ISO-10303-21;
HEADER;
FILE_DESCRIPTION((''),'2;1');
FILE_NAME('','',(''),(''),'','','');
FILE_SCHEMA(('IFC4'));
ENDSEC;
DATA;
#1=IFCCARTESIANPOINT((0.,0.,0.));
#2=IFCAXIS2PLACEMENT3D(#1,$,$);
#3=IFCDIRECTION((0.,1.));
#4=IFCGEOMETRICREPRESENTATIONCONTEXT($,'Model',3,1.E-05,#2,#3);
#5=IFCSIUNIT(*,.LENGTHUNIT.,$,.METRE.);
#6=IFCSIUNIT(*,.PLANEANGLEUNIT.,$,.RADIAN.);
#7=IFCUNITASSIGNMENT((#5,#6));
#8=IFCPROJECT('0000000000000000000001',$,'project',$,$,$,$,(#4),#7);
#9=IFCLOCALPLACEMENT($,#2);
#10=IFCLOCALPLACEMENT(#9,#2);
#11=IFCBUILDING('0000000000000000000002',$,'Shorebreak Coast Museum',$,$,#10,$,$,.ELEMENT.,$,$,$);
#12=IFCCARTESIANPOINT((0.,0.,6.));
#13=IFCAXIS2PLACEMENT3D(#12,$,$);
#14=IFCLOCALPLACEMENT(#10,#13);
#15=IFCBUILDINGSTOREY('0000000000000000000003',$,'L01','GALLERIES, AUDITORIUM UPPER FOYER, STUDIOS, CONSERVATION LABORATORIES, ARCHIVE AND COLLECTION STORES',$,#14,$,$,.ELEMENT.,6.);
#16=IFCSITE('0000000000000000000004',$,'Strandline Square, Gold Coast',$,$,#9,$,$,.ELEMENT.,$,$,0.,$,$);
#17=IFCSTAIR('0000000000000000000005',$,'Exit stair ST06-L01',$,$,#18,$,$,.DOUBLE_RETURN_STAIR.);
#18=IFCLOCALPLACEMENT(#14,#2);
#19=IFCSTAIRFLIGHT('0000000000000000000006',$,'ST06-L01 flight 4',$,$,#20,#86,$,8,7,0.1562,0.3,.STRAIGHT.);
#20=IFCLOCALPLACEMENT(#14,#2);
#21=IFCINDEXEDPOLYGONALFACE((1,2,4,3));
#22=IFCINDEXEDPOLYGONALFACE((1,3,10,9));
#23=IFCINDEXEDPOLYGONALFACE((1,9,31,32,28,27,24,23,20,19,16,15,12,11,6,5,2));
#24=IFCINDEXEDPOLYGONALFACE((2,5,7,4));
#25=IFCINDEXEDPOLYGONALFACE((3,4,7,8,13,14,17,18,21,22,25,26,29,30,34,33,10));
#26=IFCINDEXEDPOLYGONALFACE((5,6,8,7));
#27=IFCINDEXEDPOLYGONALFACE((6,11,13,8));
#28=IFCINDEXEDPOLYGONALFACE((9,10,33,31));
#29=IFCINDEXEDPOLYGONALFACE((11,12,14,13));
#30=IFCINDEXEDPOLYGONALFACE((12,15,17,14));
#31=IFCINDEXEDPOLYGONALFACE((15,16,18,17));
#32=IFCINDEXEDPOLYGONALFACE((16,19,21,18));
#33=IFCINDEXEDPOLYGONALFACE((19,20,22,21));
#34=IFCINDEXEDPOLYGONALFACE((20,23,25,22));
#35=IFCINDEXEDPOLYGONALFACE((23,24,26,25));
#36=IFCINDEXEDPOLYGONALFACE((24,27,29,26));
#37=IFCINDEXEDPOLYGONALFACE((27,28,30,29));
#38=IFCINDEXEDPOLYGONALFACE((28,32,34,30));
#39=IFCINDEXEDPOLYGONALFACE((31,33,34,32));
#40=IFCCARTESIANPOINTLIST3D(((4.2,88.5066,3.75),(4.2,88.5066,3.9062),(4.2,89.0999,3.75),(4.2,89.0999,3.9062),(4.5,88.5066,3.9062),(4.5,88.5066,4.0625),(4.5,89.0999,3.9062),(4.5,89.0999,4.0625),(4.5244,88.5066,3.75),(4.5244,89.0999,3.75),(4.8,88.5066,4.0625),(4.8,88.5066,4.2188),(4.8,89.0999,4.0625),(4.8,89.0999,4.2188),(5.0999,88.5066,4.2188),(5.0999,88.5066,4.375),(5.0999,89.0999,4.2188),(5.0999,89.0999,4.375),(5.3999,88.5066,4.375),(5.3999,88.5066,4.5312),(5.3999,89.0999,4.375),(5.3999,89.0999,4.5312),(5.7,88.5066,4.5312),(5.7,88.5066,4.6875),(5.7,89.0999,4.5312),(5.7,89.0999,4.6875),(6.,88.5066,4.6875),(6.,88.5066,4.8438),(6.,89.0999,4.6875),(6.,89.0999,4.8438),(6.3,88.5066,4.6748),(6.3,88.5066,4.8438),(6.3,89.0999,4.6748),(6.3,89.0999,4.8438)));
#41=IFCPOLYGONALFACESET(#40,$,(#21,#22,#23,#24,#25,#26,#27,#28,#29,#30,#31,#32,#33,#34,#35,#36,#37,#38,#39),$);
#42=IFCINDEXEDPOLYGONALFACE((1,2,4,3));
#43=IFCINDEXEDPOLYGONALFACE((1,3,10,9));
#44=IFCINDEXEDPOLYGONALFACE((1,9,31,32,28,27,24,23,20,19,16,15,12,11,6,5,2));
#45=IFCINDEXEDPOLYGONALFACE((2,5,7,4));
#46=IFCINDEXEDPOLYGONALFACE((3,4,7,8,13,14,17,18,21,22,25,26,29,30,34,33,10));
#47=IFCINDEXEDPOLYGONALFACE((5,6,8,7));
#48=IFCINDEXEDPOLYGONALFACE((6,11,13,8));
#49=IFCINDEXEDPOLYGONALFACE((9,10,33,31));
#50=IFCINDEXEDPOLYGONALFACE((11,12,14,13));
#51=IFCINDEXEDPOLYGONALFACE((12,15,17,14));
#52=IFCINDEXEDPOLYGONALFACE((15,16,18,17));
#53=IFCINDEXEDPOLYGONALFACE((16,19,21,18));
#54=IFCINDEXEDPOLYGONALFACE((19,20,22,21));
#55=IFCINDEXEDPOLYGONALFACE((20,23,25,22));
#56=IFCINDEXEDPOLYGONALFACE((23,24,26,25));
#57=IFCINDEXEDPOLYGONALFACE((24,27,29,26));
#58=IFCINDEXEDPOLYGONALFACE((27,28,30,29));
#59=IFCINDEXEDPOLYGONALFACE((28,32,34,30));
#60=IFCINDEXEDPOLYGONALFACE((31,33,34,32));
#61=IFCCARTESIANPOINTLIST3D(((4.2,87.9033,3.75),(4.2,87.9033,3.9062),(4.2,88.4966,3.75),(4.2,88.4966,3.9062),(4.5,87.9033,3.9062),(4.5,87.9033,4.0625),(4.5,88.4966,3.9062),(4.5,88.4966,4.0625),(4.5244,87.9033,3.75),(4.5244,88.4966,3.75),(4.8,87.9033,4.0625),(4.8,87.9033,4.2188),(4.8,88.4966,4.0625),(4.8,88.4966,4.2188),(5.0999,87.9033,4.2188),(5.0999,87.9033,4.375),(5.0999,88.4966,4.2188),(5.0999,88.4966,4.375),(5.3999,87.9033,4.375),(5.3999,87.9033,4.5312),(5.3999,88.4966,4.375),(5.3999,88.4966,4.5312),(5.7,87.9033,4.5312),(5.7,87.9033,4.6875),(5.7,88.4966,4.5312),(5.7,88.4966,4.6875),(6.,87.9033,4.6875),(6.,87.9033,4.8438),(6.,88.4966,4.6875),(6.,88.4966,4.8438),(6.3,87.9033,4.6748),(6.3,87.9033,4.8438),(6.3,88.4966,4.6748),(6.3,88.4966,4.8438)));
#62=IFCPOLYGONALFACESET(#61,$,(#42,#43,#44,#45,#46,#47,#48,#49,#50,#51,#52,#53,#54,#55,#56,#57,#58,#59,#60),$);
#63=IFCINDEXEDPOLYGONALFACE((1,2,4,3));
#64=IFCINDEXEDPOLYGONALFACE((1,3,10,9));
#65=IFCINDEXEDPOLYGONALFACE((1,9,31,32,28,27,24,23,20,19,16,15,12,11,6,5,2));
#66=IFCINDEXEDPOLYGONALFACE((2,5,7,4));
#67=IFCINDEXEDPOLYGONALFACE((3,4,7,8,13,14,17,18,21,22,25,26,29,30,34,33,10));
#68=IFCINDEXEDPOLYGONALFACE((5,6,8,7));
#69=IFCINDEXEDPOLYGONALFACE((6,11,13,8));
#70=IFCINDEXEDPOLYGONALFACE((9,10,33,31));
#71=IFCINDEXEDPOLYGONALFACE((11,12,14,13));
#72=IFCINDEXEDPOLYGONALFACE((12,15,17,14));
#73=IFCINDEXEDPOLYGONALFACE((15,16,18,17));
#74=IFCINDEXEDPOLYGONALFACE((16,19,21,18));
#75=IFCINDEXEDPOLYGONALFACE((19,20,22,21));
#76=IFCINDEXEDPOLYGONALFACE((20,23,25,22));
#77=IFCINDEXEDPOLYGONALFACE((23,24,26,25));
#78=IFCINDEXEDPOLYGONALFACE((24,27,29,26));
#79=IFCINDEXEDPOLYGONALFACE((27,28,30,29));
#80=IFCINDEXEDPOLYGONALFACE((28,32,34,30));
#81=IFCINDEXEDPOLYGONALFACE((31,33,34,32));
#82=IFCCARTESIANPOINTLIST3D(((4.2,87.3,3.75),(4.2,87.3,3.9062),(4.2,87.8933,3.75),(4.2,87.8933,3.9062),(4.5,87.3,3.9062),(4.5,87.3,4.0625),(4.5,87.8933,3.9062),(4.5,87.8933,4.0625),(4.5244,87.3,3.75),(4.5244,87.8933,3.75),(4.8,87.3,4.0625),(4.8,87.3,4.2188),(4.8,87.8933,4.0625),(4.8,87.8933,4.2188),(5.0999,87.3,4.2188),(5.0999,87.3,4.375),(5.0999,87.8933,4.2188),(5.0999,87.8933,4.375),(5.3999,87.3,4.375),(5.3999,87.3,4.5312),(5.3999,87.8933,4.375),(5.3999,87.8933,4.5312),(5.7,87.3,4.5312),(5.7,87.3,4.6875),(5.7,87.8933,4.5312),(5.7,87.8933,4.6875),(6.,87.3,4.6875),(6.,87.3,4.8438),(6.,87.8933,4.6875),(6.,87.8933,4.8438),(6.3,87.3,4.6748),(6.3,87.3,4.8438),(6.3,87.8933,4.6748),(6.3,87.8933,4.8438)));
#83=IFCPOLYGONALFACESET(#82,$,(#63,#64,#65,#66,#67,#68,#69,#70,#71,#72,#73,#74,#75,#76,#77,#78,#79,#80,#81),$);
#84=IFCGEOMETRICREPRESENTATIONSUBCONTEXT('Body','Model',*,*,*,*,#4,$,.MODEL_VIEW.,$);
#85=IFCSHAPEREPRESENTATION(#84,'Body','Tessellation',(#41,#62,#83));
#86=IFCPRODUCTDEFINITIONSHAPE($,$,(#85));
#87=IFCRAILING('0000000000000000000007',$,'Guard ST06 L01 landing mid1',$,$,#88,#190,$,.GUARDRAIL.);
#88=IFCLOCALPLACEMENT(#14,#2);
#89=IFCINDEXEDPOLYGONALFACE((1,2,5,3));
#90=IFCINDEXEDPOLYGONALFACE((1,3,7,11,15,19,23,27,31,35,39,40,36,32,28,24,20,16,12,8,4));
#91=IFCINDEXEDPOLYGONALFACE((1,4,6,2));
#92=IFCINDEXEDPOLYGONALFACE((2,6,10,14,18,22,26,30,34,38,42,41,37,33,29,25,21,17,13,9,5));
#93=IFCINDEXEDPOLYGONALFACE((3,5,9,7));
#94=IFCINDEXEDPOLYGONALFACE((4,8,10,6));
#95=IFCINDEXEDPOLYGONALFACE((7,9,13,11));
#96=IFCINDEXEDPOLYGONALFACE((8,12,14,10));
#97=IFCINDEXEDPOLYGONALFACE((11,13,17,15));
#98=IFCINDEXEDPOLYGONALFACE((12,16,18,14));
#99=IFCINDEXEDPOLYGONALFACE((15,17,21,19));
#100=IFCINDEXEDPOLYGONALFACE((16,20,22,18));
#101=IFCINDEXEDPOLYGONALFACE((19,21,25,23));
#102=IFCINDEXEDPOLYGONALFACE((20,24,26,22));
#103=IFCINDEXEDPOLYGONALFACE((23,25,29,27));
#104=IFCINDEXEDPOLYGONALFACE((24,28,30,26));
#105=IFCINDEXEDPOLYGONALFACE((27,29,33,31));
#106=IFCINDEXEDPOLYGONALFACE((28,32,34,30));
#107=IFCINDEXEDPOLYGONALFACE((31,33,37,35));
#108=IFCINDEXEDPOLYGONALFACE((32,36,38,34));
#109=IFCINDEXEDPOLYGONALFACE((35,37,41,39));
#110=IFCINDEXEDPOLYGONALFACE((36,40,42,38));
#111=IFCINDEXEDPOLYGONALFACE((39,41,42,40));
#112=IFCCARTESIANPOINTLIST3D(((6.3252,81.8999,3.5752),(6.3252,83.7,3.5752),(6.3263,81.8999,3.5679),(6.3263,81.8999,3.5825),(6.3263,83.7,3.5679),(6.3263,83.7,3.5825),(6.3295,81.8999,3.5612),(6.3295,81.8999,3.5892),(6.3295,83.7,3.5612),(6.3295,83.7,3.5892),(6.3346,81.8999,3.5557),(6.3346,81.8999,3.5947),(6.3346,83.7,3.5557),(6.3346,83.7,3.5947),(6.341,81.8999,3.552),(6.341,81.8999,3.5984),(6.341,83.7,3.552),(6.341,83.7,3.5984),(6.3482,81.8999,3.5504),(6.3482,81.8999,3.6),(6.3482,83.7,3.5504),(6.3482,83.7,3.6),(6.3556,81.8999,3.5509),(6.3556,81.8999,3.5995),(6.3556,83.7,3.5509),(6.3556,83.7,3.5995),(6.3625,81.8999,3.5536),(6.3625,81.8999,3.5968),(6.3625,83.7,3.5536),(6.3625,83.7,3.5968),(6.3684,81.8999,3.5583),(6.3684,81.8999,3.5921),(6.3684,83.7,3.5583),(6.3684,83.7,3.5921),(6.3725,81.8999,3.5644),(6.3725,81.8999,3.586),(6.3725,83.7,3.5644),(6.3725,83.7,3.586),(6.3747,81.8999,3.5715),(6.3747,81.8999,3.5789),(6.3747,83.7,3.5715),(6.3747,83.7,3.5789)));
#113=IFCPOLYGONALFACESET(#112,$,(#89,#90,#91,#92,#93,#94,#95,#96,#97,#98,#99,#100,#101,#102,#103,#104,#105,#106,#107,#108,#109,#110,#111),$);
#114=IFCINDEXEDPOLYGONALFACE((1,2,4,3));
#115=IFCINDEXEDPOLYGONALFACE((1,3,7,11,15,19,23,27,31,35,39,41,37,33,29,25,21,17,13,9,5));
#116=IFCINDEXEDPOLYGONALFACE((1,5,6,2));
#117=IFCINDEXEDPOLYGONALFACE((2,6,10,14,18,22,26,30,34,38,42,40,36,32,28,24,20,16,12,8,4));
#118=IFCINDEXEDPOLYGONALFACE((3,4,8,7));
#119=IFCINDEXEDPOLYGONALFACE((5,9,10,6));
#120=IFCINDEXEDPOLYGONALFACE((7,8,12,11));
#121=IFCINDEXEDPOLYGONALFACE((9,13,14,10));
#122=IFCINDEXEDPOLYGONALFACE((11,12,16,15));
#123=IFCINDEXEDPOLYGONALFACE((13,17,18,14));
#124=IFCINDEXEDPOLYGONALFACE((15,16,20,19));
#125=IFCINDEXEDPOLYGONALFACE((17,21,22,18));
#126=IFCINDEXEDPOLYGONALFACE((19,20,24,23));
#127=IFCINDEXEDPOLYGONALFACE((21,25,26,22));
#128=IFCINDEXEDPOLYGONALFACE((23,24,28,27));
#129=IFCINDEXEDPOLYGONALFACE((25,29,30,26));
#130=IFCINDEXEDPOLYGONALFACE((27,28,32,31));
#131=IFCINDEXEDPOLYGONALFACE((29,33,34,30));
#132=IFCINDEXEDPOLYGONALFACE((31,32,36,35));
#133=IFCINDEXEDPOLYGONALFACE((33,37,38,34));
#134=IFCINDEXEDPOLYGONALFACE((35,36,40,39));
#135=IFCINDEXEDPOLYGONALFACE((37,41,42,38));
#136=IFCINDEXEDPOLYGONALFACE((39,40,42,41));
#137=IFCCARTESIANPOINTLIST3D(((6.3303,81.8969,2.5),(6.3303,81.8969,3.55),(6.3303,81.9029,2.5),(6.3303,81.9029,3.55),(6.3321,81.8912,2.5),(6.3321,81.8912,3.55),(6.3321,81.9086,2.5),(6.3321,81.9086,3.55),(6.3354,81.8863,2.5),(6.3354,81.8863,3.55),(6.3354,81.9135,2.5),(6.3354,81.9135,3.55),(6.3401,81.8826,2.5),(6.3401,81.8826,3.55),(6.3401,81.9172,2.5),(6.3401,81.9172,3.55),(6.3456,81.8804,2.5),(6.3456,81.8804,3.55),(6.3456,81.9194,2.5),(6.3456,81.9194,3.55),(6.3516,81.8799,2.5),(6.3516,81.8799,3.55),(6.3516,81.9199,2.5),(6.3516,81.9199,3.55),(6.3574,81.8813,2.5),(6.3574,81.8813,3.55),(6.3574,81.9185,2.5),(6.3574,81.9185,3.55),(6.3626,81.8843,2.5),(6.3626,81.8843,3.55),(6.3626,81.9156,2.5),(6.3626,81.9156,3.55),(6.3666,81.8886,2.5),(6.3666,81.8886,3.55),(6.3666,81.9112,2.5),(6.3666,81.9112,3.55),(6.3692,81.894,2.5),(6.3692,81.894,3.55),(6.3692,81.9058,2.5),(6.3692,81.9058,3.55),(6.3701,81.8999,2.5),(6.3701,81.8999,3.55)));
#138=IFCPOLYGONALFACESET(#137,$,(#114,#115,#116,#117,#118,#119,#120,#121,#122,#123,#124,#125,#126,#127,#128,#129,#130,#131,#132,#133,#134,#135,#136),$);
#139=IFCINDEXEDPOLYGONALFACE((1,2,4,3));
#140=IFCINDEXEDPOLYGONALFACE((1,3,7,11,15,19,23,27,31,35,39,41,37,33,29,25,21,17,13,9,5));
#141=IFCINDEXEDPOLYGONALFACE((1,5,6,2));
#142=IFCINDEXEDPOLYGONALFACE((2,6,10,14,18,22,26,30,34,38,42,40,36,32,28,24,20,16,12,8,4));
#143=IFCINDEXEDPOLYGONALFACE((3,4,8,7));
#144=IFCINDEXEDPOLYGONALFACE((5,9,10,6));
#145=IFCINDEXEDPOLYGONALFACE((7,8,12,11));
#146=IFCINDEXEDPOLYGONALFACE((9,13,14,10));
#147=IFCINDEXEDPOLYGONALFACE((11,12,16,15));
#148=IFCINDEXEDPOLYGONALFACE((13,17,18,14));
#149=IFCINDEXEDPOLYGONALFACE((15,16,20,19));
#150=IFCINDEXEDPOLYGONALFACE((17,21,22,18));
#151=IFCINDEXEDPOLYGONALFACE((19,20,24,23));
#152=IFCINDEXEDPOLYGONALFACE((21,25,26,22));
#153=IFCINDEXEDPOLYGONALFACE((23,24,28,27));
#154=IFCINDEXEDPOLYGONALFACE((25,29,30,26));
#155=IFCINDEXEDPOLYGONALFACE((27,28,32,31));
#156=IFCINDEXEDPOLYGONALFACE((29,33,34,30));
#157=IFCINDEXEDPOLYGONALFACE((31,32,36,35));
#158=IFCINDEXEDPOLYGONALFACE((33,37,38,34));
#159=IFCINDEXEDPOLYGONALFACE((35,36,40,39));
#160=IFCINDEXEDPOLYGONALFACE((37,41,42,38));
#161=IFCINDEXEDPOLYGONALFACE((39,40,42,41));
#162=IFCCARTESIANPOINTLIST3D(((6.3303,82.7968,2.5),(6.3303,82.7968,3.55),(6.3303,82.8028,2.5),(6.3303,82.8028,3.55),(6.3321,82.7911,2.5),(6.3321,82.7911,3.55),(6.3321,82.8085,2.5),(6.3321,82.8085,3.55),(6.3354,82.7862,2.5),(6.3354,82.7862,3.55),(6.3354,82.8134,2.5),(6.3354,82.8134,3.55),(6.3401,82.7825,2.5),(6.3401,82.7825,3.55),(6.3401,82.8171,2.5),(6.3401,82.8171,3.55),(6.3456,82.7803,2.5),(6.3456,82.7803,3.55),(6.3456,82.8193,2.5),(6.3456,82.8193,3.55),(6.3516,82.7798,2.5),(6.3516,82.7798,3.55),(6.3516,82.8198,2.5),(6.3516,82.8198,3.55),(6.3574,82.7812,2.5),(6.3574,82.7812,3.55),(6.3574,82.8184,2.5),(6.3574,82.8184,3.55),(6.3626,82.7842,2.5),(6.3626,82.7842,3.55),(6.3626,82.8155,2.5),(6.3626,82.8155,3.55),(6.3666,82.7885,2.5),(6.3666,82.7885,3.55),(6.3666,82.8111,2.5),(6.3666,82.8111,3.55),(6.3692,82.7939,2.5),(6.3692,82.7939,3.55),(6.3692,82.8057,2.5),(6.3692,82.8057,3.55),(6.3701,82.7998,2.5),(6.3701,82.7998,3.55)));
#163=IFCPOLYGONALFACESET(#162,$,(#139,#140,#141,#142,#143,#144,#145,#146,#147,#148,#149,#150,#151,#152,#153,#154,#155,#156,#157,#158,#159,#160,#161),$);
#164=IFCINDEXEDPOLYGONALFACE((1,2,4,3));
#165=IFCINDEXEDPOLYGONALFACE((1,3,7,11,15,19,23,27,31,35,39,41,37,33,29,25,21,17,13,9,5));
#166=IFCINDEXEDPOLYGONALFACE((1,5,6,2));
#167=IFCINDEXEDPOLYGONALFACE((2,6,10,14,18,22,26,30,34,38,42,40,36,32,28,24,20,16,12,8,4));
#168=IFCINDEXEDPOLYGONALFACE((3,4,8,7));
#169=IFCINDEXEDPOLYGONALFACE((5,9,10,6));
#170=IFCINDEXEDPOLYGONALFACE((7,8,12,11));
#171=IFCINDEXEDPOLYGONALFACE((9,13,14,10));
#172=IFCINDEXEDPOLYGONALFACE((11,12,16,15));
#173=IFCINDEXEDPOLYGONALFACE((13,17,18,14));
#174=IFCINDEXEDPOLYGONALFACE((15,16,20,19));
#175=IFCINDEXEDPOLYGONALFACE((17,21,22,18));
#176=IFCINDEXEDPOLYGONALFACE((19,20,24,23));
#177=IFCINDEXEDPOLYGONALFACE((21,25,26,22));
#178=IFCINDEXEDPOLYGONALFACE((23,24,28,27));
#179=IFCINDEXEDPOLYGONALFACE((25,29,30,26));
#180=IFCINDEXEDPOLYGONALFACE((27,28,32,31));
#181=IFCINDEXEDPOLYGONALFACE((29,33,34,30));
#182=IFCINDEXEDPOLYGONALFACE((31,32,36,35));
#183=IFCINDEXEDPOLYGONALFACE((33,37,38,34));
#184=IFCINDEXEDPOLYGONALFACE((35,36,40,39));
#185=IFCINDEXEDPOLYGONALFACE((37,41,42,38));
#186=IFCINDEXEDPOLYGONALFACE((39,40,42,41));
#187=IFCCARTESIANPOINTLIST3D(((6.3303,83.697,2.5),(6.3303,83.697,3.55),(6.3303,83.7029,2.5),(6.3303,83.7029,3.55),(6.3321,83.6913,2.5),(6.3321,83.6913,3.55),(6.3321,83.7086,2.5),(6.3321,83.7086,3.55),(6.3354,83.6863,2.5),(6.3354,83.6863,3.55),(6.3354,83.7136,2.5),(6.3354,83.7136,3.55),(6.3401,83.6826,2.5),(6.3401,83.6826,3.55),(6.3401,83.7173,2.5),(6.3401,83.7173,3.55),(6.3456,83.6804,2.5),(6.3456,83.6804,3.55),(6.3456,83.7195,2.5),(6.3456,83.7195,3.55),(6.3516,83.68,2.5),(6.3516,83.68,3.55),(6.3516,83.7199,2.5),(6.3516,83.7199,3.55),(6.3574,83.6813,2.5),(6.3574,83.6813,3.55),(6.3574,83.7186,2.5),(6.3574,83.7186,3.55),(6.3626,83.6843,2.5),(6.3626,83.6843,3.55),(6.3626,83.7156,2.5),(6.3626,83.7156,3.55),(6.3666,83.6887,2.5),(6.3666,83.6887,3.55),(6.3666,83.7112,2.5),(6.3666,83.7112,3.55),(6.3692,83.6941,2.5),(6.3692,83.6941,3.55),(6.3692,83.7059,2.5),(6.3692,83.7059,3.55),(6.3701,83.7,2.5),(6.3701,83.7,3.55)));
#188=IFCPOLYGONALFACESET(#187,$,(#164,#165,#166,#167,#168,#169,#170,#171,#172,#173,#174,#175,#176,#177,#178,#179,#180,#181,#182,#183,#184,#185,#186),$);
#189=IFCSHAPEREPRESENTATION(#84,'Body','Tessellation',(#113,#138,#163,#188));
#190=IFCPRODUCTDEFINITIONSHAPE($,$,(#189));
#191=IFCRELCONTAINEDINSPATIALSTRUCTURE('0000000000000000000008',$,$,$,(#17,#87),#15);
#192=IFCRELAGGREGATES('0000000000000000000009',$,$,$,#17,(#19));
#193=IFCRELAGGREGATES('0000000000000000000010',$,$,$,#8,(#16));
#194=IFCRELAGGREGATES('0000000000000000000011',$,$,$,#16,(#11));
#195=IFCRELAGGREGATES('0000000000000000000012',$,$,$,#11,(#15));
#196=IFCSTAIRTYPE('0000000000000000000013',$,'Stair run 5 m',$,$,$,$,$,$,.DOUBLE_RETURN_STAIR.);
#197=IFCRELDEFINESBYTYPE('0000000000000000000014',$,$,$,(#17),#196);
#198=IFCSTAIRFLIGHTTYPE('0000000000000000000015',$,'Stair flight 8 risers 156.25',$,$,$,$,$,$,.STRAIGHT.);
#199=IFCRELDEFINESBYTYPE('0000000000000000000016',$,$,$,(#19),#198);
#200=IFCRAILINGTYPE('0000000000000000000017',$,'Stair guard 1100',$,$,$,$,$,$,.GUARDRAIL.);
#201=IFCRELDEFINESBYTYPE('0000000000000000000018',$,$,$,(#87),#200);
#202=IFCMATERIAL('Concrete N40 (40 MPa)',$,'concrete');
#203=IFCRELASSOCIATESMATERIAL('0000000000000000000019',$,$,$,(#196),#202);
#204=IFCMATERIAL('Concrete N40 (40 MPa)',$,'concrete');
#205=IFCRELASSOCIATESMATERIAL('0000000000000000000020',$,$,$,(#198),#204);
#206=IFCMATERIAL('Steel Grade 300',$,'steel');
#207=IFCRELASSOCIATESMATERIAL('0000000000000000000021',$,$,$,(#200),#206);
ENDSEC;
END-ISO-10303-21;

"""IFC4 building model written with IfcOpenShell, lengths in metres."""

from ifc_helpers import new_model, si_unit, direction, frame, origin, origin_2d, place, context, subcontext, project, spatial, polyline, circle, outline, extrude, material, type_object, element, aggregate, save


model = new_model("IFC4")

# Units and contexts
model_context = context("Model", 3, precision=1e-05, world=origin(), true_north=direction((0.0, 1.0)))
body_context = subcontext(model_context, "Body", "Model", "MODEL_VIEW")
ifc_project = project(units=[si_unit("LENGTHUNIT", "METRE"), si_unit("PLANEANGLEUNIT", "RADIAN")], contexts=[model_context])

# Site, building, storey
site_placement = place(None, origin())
site = spatial("IfcSite", under=ifc_project, at=site_placement, Name="Strandline Square, Gold Coast", CompositionType="ELEMENT", RefElevation=0.0)
building_placement = place(site_placement, origin())
building = spatial("IfcBuilding", under=site, at=building_placement, Name="Shorebreak Coast Museum", CompositionType="ELEMENT")
storey_placement = place(building_placement, frame((0.0, 0.0, 6.0)))
storey = spatial("IfcBuildingStorey", under=building, at=storey_placement, Name="L01", Description="GALLERIES, AUDITORIUM UPPER FOYER, STUDIOS, CONSERVATION LABORATORIES, ARCHIVE AND COLLECTION STORES", CompositionType="ELEMENT", Elevation=6.0)

# Stair, stair flight
ifc_material_1 = material(Name="Concrete N40 (40 MPa)", Category="concrete")
stair_type = type_object("IfcStairType", Name="Stair run 5 m", PredefinedType="DOUBLE_RETURN_STAIR", material=ifc_material_1)
stair_placement = place(storey_placement, origin())
stair = element("IfcStair", 1, at=stair_placement, inside=storey, type_object=stair_type, Name="Exit stair ST06-L01", PredefinedType="DOUBLE_RETURN_STAIR")
ifc_material_2 = material(Name="Concrete N40 (40 MPa)", Category="concrete")
stair_flight_type = type_object("IfcStairFlightType", Name="Stair flight 8 risers 156.25", PredefinedType="STRAIGHT", material=ifc_material_2)
stair_flight_1_placement = place(storey_placement, frame((4.2, 88.2, 3.75), z_axis=(0.0, 0.0, 1.0), x_axis=(1.0, 0.0, 0.0)))
stair_flight_1 = element("IfcStairFlight", 2, at=stair_flight_1_placement, type_object=stair_flight_type, Name="ST06-L01 flight 4", NumberOfRisers=8, NumberOfTreads=7, PredefinedType="STRAIGHT", RiserHeight=0.1562, TreadLength=0.3, context=body_context, shape_type="SweptSolid", body=[
    extrude(outline(polyline([(0.0, 0.0), (0.0, 0.1562), (0.3, 0.1562), (0.3, 0.3125), (0.6001, 0.3125), (0.6001, 0.4688), (0.8999, 0.4688), (0.8999, 0.625), (1.2, 0.625), (1.2, 0.7812), (1.5, 0.7812), (1.5, 0.9375), (1.8, 0.9375), (1.8, 1.0938), (2.1001, 1.0938), (2.1001, 1.25), (2.1001, 0.9248), (0.3245, 0.0), (0.0, 0.0)])), frame((0.0, 0.8999, 0.0), z_axis=(0.0, -1.0, 0.0), x_axis=(1.0, 0.0, 0.0)), (0.0, 0.0, 1.0), 0.5933),
    extrude(outline(polyline([(0.0, 0.0), (0.0, 0.1562), (0.3, 0.1562), (0.3, 0.3125), (0.6001, 0.3125), (0.6001, 0.4688), (0.8999, 0.4688), (0.8999, 0.625), (1.2, 0.625), (1.2, 0.7812), (1.5, 0.7812), (1.5, 0.9375), (1.8, 0.9375), (1.8, 1.0938), (2.1001, 1.0938), (2.1001, 1.25), (2.1001, 0.9248), (0.3245, 0.0), (0.0, 0.0)])), frame((0.0, 0.2966, 0.0), z_axis=(0.0, -1.0, 0.0), x_axis=(1.0, 0.0, 0.0)), (0.0, 0.0, 1.0), 0.5933),
    extrude(outline(polyline([(0.0, 0.0), (0.0, 0.1562), (0.3, 0.1562), (0.3, 0.3125), (0.6001, 0.3125), (0.6001, 0.4688), (0.8999, 0.4688), (0.8999, 0.625), (1.2, 0.625), (1.2, 0.7812), (1.5, 0.7812), (1.5, 0.9375), (1.8, 0.9375), (1.8, 1.0938), (2.1001, 1.0938), (2.1001, 1.25), (2.1001, 0.9248), (0.3245, 0.0), (0.0, 0.0)])), frame((0.0, -0.3066, 0.0), z_axis=(0.0, -1.0, 0.0), x_axis=(1.0, 0.0, 0.0)), (0.0, 0.0, 1.0), 0.5933),
])
aggregate(stair, [stair_flight_1])

# Railing
ifc_material_3 = material(Name="Steel Grade 300", Category="steel")
railing_type_1 = type_object("IfcRailingType", Name="Stair guard 1100", PredefinedType="GUARDRAIL", material=ifc_material_3)
for number, where, name in (
    (3, (6.3501, 81.8999, 2.5), "Guard ST06 L01 landing mid1"),
):
    element("IfcRailing", number, at=place(storey_placement, frame(where)), inside=storey, type_object=railing_type_1, Name=name, PredefinedType="GUARDRAIL", context=body_context, shape_type="SweptSolid", body=[
        extrude(circle(Radius=0.0249, at=origin_2d()), frame((0.0, 0.0, 1.0752), z_axis=(0.0, 1.0, 0.0), x_axis=(-1.0, 0.0, 0.0)), (0.0, 0.0, 1.0), 1.8),
        extrude(circle(Radius=0.02, at=origin_2d()), origin(), (0.0, 0.0, 1.0), 1.05),
        extrude(circle(Radius=0.02, at=origin_2d()), frame((0.0, 0.8999, 0.0)), (0.0, 0.0, 1.0), 1.05),
        extrude(circle(Radius=0.02, at=origin_2d()), frame((0.0, 1.8, 0.0)), (0.0, 0.0, 1.0), 1.05),
    ])

save(model, "model.ifc")
